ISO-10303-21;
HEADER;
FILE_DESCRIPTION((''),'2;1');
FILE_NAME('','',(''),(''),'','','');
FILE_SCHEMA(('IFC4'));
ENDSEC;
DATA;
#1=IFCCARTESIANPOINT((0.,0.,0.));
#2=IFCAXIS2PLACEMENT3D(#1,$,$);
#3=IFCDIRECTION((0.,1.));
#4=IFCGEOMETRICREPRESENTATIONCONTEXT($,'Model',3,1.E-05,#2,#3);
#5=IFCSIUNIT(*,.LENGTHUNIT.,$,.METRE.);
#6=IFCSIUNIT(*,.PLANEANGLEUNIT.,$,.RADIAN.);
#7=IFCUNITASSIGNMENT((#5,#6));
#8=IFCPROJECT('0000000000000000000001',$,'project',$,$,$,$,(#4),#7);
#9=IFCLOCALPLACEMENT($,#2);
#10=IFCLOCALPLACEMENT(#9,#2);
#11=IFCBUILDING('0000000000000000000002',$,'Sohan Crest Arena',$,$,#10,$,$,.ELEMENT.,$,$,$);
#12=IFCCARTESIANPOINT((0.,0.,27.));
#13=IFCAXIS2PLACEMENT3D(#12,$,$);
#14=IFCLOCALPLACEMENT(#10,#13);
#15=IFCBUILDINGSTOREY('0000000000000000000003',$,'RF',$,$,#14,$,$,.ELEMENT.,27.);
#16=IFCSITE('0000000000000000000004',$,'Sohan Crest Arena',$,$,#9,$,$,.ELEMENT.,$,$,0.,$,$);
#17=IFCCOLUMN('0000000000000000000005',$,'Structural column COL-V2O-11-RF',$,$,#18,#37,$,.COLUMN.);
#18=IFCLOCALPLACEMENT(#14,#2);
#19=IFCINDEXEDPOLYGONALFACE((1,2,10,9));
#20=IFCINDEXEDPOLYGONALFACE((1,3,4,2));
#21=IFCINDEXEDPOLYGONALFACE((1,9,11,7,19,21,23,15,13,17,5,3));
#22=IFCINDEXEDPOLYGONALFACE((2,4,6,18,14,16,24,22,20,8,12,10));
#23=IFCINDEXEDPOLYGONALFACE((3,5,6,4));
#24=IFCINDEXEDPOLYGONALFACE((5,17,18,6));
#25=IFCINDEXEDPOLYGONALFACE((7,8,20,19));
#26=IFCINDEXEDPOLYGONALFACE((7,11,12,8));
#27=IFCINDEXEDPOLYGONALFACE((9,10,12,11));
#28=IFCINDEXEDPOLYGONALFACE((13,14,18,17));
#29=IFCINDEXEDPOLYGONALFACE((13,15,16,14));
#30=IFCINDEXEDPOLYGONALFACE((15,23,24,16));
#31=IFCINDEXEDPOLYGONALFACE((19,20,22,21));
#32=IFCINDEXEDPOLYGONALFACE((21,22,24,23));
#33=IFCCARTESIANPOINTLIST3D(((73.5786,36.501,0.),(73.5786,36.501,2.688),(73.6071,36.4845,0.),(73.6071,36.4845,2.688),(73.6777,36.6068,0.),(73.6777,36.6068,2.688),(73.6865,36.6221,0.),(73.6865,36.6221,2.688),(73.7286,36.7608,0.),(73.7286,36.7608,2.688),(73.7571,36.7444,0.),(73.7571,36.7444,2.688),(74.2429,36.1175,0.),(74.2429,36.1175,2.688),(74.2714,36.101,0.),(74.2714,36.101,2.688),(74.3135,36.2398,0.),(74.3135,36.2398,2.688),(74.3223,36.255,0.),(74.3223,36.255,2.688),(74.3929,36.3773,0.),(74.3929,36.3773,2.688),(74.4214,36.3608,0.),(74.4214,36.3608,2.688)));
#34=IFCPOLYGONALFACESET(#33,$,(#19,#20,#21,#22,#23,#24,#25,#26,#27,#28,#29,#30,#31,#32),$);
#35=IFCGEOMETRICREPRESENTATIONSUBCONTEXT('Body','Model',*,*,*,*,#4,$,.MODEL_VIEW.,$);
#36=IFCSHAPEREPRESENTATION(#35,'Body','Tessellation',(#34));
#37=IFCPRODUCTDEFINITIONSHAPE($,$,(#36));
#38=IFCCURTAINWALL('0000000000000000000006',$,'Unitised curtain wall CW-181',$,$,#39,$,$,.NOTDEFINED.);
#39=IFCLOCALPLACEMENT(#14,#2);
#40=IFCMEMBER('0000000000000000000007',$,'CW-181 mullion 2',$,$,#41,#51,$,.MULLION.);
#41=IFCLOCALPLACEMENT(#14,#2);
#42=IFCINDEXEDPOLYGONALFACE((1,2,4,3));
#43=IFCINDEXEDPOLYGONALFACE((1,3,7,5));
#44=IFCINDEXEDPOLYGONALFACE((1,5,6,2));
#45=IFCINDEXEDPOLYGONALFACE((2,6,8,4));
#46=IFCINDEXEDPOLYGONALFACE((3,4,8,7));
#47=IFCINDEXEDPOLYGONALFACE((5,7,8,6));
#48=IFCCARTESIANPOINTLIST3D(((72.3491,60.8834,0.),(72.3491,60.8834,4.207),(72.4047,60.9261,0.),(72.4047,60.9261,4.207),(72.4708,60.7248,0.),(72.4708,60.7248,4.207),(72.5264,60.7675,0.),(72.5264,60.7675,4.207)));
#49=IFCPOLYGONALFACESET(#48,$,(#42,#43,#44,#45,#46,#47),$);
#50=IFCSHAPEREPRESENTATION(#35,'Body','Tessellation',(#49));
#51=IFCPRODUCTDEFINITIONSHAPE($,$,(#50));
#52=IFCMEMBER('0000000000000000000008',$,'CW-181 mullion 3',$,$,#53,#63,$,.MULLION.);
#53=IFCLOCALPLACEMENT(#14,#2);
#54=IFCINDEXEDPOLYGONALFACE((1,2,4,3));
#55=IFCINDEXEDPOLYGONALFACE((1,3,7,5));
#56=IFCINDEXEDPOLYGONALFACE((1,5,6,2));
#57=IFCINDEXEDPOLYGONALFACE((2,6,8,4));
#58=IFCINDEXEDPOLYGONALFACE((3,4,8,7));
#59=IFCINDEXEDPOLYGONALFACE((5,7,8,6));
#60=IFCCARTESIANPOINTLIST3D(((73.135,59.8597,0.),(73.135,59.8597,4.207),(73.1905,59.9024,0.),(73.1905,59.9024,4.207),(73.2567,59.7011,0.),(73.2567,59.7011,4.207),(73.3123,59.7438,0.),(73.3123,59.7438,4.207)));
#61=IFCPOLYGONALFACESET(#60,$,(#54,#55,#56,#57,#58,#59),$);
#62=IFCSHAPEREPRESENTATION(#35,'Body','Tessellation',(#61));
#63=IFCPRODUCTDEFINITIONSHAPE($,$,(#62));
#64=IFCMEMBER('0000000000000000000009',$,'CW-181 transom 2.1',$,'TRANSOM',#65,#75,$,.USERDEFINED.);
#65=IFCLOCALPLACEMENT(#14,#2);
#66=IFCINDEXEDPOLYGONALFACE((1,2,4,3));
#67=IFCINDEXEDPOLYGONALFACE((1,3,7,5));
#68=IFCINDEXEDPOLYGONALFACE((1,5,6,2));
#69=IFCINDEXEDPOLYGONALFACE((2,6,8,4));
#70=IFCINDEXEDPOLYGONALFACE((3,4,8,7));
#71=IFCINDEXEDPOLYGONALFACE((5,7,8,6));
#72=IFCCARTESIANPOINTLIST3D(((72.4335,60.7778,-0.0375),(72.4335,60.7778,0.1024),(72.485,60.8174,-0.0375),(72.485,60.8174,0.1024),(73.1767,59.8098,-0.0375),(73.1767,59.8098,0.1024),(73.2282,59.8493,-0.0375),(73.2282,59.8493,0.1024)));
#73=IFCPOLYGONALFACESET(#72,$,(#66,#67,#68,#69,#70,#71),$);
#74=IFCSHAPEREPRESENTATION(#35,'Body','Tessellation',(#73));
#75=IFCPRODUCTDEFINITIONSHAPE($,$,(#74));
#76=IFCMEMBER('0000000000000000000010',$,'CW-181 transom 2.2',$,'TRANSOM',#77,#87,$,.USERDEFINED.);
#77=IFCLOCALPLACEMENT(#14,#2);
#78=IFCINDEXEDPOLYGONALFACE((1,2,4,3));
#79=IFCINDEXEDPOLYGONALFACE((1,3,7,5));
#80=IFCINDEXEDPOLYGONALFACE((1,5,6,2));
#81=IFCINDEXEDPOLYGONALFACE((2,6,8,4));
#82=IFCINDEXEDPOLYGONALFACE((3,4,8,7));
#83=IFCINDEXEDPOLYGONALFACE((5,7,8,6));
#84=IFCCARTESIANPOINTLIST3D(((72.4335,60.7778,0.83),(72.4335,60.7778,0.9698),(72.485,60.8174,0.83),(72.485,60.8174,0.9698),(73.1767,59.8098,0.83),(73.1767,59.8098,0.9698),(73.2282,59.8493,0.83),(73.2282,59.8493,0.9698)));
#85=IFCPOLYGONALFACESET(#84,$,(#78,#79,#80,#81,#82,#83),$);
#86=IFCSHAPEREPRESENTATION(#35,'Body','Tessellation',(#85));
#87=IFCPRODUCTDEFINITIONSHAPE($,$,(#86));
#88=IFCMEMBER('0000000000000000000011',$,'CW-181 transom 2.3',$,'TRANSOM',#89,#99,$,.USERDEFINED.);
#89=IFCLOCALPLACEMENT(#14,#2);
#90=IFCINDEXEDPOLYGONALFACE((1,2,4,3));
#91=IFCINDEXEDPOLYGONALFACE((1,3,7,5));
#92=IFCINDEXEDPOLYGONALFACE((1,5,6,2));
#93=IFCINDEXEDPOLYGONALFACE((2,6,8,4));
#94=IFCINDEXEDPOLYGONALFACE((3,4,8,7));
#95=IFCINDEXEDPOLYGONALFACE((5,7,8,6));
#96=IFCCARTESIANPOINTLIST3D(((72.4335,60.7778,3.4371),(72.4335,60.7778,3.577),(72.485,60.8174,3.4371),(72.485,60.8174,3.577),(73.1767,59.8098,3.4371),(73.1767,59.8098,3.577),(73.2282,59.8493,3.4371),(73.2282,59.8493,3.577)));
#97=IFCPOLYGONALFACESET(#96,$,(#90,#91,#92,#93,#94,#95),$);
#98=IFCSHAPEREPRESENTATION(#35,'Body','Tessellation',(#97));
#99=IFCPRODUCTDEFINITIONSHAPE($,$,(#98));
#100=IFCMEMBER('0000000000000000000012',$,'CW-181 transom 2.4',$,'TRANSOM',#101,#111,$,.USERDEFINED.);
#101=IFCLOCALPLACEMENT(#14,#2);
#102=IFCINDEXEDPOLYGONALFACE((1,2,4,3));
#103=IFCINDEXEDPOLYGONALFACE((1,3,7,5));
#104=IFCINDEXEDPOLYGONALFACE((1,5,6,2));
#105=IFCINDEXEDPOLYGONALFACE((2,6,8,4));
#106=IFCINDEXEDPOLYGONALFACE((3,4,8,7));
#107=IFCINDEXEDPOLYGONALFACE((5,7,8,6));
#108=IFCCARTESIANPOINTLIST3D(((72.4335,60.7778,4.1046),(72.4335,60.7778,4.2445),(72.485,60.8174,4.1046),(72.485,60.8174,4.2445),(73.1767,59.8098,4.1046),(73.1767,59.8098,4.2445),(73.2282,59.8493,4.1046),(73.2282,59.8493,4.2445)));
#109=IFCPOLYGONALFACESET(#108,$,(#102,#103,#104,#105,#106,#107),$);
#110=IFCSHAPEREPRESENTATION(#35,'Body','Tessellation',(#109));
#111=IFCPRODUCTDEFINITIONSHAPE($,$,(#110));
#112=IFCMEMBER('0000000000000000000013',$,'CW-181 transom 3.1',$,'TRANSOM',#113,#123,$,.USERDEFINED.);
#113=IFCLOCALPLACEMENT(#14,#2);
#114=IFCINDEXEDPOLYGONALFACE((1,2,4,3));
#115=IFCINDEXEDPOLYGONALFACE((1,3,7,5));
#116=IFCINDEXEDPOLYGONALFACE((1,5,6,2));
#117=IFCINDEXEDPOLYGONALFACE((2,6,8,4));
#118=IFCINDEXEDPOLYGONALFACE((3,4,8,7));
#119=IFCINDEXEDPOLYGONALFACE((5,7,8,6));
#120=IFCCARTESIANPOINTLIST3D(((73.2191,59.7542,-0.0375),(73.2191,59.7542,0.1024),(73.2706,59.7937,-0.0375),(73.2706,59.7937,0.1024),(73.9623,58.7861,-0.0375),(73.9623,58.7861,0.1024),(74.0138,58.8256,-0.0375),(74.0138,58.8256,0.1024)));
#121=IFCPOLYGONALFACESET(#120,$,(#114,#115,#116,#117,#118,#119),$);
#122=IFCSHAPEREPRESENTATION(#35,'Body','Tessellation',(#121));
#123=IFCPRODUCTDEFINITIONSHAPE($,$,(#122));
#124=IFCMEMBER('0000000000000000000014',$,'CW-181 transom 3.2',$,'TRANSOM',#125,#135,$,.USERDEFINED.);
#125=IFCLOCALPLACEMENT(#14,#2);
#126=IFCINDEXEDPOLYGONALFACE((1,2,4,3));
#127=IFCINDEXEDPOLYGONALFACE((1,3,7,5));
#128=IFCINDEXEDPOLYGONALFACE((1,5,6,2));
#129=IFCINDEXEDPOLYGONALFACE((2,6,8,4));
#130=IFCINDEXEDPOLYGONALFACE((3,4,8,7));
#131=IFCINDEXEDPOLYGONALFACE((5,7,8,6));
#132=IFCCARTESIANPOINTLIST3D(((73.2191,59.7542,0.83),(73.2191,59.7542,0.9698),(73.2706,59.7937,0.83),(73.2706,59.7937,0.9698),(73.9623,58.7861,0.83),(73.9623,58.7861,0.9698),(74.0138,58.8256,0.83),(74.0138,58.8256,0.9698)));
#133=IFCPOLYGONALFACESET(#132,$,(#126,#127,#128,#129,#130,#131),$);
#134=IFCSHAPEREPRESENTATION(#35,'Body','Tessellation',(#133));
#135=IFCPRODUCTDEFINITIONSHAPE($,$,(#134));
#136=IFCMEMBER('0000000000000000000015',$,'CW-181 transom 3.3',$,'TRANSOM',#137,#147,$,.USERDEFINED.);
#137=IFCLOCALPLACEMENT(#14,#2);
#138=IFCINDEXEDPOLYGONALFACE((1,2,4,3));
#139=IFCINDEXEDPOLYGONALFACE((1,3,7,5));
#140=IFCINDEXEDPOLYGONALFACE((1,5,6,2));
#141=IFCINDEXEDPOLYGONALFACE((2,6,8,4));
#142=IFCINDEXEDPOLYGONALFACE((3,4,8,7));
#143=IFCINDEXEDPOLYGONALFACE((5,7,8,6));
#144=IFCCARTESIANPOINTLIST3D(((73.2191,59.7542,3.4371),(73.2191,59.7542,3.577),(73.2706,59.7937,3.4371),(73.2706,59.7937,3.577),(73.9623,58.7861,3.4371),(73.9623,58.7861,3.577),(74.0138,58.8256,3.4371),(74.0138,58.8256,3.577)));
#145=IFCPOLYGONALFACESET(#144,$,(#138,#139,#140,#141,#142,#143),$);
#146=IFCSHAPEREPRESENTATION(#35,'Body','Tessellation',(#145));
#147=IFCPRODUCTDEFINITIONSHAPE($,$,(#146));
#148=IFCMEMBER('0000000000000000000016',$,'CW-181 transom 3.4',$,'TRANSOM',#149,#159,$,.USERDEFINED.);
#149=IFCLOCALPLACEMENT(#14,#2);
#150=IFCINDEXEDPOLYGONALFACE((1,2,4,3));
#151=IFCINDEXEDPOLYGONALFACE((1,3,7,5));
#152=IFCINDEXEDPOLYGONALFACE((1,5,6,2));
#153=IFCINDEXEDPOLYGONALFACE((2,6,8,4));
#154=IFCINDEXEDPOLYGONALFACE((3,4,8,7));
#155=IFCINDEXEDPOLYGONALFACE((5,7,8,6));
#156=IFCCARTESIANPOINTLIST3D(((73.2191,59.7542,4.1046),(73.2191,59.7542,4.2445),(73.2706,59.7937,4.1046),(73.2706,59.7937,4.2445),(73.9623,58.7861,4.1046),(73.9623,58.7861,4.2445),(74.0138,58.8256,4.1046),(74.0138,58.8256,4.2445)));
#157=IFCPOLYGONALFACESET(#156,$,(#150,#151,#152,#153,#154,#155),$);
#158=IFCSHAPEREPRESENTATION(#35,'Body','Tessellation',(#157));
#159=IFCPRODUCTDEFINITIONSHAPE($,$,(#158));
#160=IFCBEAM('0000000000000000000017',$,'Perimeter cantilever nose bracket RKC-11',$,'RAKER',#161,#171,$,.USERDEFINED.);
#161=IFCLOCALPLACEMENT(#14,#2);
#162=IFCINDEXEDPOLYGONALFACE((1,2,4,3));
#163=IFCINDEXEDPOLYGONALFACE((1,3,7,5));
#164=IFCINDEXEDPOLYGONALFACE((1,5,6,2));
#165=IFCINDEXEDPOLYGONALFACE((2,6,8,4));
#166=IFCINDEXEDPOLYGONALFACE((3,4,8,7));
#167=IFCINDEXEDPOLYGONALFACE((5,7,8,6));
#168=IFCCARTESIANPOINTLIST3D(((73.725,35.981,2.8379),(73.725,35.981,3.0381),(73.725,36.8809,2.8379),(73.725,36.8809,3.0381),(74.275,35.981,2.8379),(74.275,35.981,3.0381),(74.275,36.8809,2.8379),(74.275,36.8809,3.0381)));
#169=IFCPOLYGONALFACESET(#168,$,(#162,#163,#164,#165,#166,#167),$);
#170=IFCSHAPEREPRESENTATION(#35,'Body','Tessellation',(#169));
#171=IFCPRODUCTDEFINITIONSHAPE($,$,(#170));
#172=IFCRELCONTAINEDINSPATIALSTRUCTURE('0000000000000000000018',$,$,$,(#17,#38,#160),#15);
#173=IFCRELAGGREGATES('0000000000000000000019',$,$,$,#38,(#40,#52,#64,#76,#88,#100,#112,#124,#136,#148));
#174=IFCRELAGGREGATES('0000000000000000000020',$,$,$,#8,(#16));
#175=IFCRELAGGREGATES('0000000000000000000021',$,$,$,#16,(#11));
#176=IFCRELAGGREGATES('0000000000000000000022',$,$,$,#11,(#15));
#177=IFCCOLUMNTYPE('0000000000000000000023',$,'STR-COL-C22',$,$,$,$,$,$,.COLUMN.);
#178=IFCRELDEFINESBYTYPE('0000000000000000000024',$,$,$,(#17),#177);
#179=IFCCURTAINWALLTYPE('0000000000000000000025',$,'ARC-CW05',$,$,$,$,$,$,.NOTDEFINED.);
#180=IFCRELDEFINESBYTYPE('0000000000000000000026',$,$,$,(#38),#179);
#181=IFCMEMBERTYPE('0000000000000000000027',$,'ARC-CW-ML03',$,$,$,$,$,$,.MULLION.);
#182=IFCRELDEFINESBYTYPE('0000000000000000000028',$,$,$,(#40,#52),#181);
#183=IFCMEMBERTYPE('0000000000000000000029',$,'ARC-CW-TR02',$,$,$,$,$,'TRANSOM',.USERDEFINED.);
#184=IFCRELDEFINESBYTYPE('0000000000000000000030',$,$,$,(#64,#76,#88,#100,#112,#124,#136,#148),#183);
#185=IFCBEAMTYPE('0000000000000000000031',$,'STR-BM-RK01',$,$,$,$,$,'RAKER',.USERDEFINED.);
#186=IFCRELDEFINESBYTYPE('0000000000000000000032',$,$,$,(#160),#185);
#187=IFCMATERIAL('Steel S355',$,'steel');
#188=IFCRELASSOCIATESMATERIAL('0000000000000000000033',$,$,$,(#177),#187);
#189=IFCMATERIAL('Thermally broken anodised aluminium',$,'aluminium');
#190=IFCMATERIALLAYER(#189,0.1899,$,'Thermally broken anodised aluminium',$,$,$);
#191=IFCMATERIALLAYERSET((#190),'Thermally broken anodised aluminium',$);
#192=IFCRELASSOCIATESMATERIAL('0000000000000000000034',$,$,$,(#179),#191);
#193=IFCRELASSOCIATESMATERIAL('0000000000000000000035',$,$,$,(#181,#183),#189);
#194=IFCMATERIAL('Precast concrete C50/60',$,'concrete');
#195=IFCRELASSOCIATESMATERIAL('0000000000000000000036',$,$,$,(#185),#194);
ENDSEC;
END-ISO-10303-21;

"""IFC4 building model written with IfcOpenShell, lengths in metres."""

from ifc_helpers import new_model, si_unit, direction, frame, origin, origin_2d, place, context, subcontext, project, spatial, rectangle, i_section, extrude, material, layer, layer_set, material_profile, profile_set, type_object, element, aggregate, save


model = new_model("IFC4")

# Units and contexts
model_context = context("Model", 3, precision=1e-05, world=origin(), true_north=direction((0.0, 1.0)))
body_context = subcontext(model_context, "Body", "Model", "MODEL_VIEW")
ifc_project = project(units=[si_unit("LENGTHUNIT", "METRE"), si_unit("PLANEANGLEUNIT", "RADIAN")], contexts=[model_context])

# Site, building, storey
site_placement = place(None, origin())
site = spatial("IfcSite", under=ifc_project, at=site_placement, Name="Sohan Crest Arena", CompositionType="ELEMENT", RefElevation=0.0)
building_placement = place(site_placement, origin())
building = spatial("IfcBuilding", under=site, at=building_placement, Name="Sohan Crest Arena", CompositionType="ELEMENT")
storey_placement = place(building_placement, frame((0.0, 0.0, 27.0)))
storey = spatial("IfcBuildingStorey", under=building, at=storey_placement, Name="RF", CompositionType="ELEMENT", Elevation=27.0)

# Column
ifc_material_1 = material(Name="Steel S355", Category="steel")
ifc_material_profile_1 = material_profile(ifc_material_1, i_section(OverallWidth=0.3, OverallDepth=0.8, WebThickness=0.0176, FlangeThickness=0.033, at=origin_2d()), Name="HEB 800")
ifc_profile_set_1 = profile_set([ifc_material_profile_1], Name="Steel S355")
column_type = type_object("IfcColumnType", Name="STR-COL-C22", PredefinedType="COLUMN", material=ifc_profile_set_1)
column_placement = place(storey_placement, frame((74.0, 36.4309, 0.0), z_axis=(0.0, 0.0, 1.0), x_axis=(0.5, 0.866025, 0.0)))
element("IfcColumn", 1, at=column_placement, inside=storey, type_object=column_type, Name="Structural column COL-V2O-11-RF", PredefinedType="COLUMN", context=body_context, shape_type="SweptSolid", body=[
    extrude(i_section(OverallWidth=0.3, OverallDepth=0.8, WebThickness=0.0176, FlangeThickness=0.033, at=origin_2d()), origin(), (0.0, 0.0, 1.0), 2.688),
])

# Curtain wall, members
ifc_material_2 = material(Name="Thermally broken anodised aluminium", Category="aluminium")
ifc_layer_1 = layer(ifc_material_2, 0.1899, Name="Thermally broken anodised aluminium")
ifc_layer_set_1 = layer_set([ifc_layer_1], Name="Thermally broken anodised aluminium")
curtain_wall_type = type_object("IfcCurtainWallType", Name="ARC-CW05", PredefinedType="NOTDEFINED", material=ifc_layer_set_1)
curtain_wall_placement = place(storey_placement, origin())
curtain_wall = element("IfcCurtainWall", 2, at=curtain_wall_placement, inside=storey, type_object=curtain_wall_type, Name="Unitised curtain wall CW-181", PredefinedType="NOTDEFINED")
ifc_material_profile_2 = material_profile(ifc_material_2, rectangle(XDim=0.0701, YDim=0.2, at=origin_2d()), Name="ALU-MULL 70x200")
ifc_profile_set_2 = profile_set([ifc_material_profile_2], Name="Thermally broken anodised aluminium")
member_type_1 = type_object("IfcMemberType", Name="ARC-CW-ML03", PredefinedType="MULLION", material=ifc_profile_set_2)
member_1_placement = place(storey_placement, frame((72.4377, 60.8254, 0.0), z_axis=(0.0, 0.0, 1.0), x_axis=(0.793217, 0.608939, 0.0)))
member_1 = element("IfcMember", 3, at=member_1_placement, type_object=member_type_1, Name="CW-181 mullion 2", PredefinedType="MULLION", context=body_context, shape_type="SweptSolid", body=[
    extrude(rectangle(XDim=0.0701, YDim=0.2, at=origin_2d()), origin(), (0.0, 0.0, 1.0), 4.207),
])
member_2_placement = place(storey_placement, frame((73.2236, 59.8018, 0.0), z_axis=(0.0, 0.0, 1.0), x_axis=(0.793217, 0.608939, 0.0)))
member_2 = element("IfcMember", 4, at=member_2_placement, type_object=member_type_1, Name="CW-181 mullion 3", PredefinedType="MULLION", context=body_context, shape_type="SweptSolid", body=[
    extrude(rectangle(XDim=0.0701, YDim=0.2, at=origin_2d()), origin(), (0.0, 0.0, 1.0), 4.207),
])
ifc_material_profile_3 = material_profile(ifc_material_2, rectangle(XDim=0.0649, YDim=0.1399, at=origin_2d()), Name="ALU-TRAN 65x140")
ifc_profile_set_3 = profile_set([ifc_material_profile_3], Name="Thermally broken anodised aluminium")
member_type_2 = type_object("IfcMemberType", Name="ARC-CW-TR02", ElementType="TRANSOM", PredefinedType="USERDEFINED", material=ifc_profile_set_3)
member_3_placement = place(storey_placement, frame((72.4592, 60.7976, 0.0325), z_axis=(0.608956, -0.793204, 0.0), x_axis=(0.793204, 0.608956, 0.0)))
member_3 = element("IfcMember", 5, at=member_3_placement, type_object=member_type_2, Name="CW-181 transom 2.1", ObjectType="TRANSOM", PredefinedType="USERDEFINED", context=body_context, shape_type="SweptSolid", body=[
    extrude(rectangle(XDim=0.0649, YDim=0.1399, at=origin_2d()), origin(), (0.0, 0.0, 1.0), 1.2205),
])
member_4_placement = place(storey_placement, frame((72.4592, 60.7976, 0.8999), z_axis=(0.608956, -0.793204, 0.0), x_axis=(0.793204, 0.608956, 0.0)))
member_4 = element("IfcMember", 6, at=member_4_placement, type_object=member_type_2, Name="CW-181 transom 2.2", ObjectType="TRANSOM", PredefinedType="USERDEFINED", context=body_context, shape_type="SweptSolid", body=[
    extrude(rectangle(XDim=0.0649, YDim=0.1399, at=origin_2d()), origin(), (0.0, 0.0, 1.0), 1.2205),
])
member_5_placement = place(storey_placement, frame((72.4592, 60.7976, 3.5071), z_axis=(0.608956, -0.793204, 0.0), x_axis=(0.793204, 0.608956, 0.0)))
member_5 = element("IfcMember", 7, at=member_5_placement, type_object=member_type_2, Name="CW-181 transom 2.3", ObjectType="TRANSOM", PredefinedType="USERDEFINED", context=body_context, shape_type="SweptSolid", body=[
    extrude(rectangle(XDim=0.0649, YDim=0.1399, at=origin_2d()), origin(), (0.0, 0.0, 1.0), 1.2205),
])
member_6_placement = place(storey_placement, frame((72.4592, 60.7976, 4.1746), z_axis=(0.608956, -0.793204, 0.0), x_axis=(0.793204, 0.608956, 0.0)))
member_6 = element("IfcMember", 8, at=member_6_placement, type_object=member_type_2, Name="CW-181 transom 2.4", ObjectType="TRANSOM", PredefinedType="USERDEFINED", context=body_context, shape_type="SweptSolid", body=[
    extrude(rectangle(XDim=0.0649, YDim=0.1399, at=origin_2d()), origin(), (0.0, 0.0, 1.0), 1.2205),
])
member_7_placement = place(storey_placement, frame((73.2449, 59.7739, 0.0325), z_axis=(0.608956, -0.793204, 0.0), x_axis=(0.793204, 0.608956, 0.0)))
member_7 = element("IfcMember", 9, at=member_7_placement, type_object=member_type_2, Name="CW-181 transom 3.1", ObjectType="TRANSOM", PredefinedType="USERDEFINED", context=body_context, shape_type="SweptSolid", body=[
    extrude(rectangle(XDim=0.0649, YDim=0.1399, at=origin_2d()), origin(), (0.0, 0.0, 1.0), 1.2205),
])
member_8_placement = place(storey_placement, frame((73.2449, 59.7739, 0.8999), z_axis=(0.608956, -0.793204, 0.0), x_axis=(0.793204, 0.608956, 0.0)))
member_8 = element("IfcMember", 10, at=member_8_placement, type_object=member_type_2, Name="CW-181 transom 3.2", ObjectType="TRANSOM", PredefinedType="USERDEFINED", context=body_context, shape_type="SweptSolid", body=[
    extrude(rectangle(XDim=0.0649, YDim=0.1399, at=origin_2d()), origin(), (0.0, 0.0, 1.0), 1.2205),
])
member_9_placement = place(storey_placement, frame((73.2449, 59.7739, 3.5071), z_axis=(0.608956, -0.793204, 0.0), x_axis=(0.793204, 0.608956, 0.0)))
member_9 = element("IfcMember", 11, at=member_9_placement, type_object=member_type_2, Name="CW-181 transom 3.3", ObjectType="TRANSOM", PredefinedType="USERDEFINED", context=body_context, shape_type="SweptSolid", body=[
    extrude(rectangle(XDim=0.0649, YDim=0.1399, at=origin_2d()), origin(), (0.0, 0.0, 1.0), 1.2205),
])
member_10_placement = place(storey_placement, frame((73.2449, 59.7739, 4.1746), z_axis=(0.608956, -0.793204, 0.0), x_axis=(0.793204, 0.608956, 0.0)))
member_10 = element("IfcMember", 12, at=member_10_placement, type_object=member_type_2, Name="CW-181 transom 3.4", ObjectType="TRANSOM", PredefinedType="USERDEFINED", context=body_context, shape_type="SweptSolid", body=[
    extrude(rectangle(XDim=0.0649, YDim=0.1399, at=origin_2d()), origin(), (0.0, 0.0, 1.0), 1.2205),
])

# Beam
ifc_material_3 = material(Name="Precast concrete C50/60", Category="concrete")
ifc_material_profile_4 = material_profile(ifc_material_3, rectangle(XDim=0.55, YDim=0.8999, at=origin_2d()), Name="RAKER 550x900")
ifc_profile_set_4 = profile_set([ifc_material_profile_4], Name="Precast concrete C50/60")
beam_type_1 = type_object("IfcBeamType", Name="STR-BM-RK01", ElementType="RAKER", PredefinedType="USERDEFINED", material=ifc_profile_set_4)
beam_1_placement = place(storey_placement, frame((74.0, 36.4309, 3.0381), z_axis=(0.0, 0.0, -1.0), x_axis=(1.0, 0.0, 0.0)))
element("IfcBeam", 13, at=beam_1_placement, inside=storey, type_object=beam_type_1, Name="Perimeter cantilever nose bracket RKC-11", ObjectType="RAKER", PredefinedType="USERDEFINED", context=body_context, shape_type="SweptSolid", body=[
    extrude(rectangle(XDim=0.55, YDim=0.8999, at=origin_2d()), origin(), (0.0, 0.0, 1.0), 0.2002),
])

aggregate(curtain_wall, [member_1, member_2, member_3, member_4, member_5, member_6, member_7, member_8, member_9, member_10])

save(model, "model.ifc")
